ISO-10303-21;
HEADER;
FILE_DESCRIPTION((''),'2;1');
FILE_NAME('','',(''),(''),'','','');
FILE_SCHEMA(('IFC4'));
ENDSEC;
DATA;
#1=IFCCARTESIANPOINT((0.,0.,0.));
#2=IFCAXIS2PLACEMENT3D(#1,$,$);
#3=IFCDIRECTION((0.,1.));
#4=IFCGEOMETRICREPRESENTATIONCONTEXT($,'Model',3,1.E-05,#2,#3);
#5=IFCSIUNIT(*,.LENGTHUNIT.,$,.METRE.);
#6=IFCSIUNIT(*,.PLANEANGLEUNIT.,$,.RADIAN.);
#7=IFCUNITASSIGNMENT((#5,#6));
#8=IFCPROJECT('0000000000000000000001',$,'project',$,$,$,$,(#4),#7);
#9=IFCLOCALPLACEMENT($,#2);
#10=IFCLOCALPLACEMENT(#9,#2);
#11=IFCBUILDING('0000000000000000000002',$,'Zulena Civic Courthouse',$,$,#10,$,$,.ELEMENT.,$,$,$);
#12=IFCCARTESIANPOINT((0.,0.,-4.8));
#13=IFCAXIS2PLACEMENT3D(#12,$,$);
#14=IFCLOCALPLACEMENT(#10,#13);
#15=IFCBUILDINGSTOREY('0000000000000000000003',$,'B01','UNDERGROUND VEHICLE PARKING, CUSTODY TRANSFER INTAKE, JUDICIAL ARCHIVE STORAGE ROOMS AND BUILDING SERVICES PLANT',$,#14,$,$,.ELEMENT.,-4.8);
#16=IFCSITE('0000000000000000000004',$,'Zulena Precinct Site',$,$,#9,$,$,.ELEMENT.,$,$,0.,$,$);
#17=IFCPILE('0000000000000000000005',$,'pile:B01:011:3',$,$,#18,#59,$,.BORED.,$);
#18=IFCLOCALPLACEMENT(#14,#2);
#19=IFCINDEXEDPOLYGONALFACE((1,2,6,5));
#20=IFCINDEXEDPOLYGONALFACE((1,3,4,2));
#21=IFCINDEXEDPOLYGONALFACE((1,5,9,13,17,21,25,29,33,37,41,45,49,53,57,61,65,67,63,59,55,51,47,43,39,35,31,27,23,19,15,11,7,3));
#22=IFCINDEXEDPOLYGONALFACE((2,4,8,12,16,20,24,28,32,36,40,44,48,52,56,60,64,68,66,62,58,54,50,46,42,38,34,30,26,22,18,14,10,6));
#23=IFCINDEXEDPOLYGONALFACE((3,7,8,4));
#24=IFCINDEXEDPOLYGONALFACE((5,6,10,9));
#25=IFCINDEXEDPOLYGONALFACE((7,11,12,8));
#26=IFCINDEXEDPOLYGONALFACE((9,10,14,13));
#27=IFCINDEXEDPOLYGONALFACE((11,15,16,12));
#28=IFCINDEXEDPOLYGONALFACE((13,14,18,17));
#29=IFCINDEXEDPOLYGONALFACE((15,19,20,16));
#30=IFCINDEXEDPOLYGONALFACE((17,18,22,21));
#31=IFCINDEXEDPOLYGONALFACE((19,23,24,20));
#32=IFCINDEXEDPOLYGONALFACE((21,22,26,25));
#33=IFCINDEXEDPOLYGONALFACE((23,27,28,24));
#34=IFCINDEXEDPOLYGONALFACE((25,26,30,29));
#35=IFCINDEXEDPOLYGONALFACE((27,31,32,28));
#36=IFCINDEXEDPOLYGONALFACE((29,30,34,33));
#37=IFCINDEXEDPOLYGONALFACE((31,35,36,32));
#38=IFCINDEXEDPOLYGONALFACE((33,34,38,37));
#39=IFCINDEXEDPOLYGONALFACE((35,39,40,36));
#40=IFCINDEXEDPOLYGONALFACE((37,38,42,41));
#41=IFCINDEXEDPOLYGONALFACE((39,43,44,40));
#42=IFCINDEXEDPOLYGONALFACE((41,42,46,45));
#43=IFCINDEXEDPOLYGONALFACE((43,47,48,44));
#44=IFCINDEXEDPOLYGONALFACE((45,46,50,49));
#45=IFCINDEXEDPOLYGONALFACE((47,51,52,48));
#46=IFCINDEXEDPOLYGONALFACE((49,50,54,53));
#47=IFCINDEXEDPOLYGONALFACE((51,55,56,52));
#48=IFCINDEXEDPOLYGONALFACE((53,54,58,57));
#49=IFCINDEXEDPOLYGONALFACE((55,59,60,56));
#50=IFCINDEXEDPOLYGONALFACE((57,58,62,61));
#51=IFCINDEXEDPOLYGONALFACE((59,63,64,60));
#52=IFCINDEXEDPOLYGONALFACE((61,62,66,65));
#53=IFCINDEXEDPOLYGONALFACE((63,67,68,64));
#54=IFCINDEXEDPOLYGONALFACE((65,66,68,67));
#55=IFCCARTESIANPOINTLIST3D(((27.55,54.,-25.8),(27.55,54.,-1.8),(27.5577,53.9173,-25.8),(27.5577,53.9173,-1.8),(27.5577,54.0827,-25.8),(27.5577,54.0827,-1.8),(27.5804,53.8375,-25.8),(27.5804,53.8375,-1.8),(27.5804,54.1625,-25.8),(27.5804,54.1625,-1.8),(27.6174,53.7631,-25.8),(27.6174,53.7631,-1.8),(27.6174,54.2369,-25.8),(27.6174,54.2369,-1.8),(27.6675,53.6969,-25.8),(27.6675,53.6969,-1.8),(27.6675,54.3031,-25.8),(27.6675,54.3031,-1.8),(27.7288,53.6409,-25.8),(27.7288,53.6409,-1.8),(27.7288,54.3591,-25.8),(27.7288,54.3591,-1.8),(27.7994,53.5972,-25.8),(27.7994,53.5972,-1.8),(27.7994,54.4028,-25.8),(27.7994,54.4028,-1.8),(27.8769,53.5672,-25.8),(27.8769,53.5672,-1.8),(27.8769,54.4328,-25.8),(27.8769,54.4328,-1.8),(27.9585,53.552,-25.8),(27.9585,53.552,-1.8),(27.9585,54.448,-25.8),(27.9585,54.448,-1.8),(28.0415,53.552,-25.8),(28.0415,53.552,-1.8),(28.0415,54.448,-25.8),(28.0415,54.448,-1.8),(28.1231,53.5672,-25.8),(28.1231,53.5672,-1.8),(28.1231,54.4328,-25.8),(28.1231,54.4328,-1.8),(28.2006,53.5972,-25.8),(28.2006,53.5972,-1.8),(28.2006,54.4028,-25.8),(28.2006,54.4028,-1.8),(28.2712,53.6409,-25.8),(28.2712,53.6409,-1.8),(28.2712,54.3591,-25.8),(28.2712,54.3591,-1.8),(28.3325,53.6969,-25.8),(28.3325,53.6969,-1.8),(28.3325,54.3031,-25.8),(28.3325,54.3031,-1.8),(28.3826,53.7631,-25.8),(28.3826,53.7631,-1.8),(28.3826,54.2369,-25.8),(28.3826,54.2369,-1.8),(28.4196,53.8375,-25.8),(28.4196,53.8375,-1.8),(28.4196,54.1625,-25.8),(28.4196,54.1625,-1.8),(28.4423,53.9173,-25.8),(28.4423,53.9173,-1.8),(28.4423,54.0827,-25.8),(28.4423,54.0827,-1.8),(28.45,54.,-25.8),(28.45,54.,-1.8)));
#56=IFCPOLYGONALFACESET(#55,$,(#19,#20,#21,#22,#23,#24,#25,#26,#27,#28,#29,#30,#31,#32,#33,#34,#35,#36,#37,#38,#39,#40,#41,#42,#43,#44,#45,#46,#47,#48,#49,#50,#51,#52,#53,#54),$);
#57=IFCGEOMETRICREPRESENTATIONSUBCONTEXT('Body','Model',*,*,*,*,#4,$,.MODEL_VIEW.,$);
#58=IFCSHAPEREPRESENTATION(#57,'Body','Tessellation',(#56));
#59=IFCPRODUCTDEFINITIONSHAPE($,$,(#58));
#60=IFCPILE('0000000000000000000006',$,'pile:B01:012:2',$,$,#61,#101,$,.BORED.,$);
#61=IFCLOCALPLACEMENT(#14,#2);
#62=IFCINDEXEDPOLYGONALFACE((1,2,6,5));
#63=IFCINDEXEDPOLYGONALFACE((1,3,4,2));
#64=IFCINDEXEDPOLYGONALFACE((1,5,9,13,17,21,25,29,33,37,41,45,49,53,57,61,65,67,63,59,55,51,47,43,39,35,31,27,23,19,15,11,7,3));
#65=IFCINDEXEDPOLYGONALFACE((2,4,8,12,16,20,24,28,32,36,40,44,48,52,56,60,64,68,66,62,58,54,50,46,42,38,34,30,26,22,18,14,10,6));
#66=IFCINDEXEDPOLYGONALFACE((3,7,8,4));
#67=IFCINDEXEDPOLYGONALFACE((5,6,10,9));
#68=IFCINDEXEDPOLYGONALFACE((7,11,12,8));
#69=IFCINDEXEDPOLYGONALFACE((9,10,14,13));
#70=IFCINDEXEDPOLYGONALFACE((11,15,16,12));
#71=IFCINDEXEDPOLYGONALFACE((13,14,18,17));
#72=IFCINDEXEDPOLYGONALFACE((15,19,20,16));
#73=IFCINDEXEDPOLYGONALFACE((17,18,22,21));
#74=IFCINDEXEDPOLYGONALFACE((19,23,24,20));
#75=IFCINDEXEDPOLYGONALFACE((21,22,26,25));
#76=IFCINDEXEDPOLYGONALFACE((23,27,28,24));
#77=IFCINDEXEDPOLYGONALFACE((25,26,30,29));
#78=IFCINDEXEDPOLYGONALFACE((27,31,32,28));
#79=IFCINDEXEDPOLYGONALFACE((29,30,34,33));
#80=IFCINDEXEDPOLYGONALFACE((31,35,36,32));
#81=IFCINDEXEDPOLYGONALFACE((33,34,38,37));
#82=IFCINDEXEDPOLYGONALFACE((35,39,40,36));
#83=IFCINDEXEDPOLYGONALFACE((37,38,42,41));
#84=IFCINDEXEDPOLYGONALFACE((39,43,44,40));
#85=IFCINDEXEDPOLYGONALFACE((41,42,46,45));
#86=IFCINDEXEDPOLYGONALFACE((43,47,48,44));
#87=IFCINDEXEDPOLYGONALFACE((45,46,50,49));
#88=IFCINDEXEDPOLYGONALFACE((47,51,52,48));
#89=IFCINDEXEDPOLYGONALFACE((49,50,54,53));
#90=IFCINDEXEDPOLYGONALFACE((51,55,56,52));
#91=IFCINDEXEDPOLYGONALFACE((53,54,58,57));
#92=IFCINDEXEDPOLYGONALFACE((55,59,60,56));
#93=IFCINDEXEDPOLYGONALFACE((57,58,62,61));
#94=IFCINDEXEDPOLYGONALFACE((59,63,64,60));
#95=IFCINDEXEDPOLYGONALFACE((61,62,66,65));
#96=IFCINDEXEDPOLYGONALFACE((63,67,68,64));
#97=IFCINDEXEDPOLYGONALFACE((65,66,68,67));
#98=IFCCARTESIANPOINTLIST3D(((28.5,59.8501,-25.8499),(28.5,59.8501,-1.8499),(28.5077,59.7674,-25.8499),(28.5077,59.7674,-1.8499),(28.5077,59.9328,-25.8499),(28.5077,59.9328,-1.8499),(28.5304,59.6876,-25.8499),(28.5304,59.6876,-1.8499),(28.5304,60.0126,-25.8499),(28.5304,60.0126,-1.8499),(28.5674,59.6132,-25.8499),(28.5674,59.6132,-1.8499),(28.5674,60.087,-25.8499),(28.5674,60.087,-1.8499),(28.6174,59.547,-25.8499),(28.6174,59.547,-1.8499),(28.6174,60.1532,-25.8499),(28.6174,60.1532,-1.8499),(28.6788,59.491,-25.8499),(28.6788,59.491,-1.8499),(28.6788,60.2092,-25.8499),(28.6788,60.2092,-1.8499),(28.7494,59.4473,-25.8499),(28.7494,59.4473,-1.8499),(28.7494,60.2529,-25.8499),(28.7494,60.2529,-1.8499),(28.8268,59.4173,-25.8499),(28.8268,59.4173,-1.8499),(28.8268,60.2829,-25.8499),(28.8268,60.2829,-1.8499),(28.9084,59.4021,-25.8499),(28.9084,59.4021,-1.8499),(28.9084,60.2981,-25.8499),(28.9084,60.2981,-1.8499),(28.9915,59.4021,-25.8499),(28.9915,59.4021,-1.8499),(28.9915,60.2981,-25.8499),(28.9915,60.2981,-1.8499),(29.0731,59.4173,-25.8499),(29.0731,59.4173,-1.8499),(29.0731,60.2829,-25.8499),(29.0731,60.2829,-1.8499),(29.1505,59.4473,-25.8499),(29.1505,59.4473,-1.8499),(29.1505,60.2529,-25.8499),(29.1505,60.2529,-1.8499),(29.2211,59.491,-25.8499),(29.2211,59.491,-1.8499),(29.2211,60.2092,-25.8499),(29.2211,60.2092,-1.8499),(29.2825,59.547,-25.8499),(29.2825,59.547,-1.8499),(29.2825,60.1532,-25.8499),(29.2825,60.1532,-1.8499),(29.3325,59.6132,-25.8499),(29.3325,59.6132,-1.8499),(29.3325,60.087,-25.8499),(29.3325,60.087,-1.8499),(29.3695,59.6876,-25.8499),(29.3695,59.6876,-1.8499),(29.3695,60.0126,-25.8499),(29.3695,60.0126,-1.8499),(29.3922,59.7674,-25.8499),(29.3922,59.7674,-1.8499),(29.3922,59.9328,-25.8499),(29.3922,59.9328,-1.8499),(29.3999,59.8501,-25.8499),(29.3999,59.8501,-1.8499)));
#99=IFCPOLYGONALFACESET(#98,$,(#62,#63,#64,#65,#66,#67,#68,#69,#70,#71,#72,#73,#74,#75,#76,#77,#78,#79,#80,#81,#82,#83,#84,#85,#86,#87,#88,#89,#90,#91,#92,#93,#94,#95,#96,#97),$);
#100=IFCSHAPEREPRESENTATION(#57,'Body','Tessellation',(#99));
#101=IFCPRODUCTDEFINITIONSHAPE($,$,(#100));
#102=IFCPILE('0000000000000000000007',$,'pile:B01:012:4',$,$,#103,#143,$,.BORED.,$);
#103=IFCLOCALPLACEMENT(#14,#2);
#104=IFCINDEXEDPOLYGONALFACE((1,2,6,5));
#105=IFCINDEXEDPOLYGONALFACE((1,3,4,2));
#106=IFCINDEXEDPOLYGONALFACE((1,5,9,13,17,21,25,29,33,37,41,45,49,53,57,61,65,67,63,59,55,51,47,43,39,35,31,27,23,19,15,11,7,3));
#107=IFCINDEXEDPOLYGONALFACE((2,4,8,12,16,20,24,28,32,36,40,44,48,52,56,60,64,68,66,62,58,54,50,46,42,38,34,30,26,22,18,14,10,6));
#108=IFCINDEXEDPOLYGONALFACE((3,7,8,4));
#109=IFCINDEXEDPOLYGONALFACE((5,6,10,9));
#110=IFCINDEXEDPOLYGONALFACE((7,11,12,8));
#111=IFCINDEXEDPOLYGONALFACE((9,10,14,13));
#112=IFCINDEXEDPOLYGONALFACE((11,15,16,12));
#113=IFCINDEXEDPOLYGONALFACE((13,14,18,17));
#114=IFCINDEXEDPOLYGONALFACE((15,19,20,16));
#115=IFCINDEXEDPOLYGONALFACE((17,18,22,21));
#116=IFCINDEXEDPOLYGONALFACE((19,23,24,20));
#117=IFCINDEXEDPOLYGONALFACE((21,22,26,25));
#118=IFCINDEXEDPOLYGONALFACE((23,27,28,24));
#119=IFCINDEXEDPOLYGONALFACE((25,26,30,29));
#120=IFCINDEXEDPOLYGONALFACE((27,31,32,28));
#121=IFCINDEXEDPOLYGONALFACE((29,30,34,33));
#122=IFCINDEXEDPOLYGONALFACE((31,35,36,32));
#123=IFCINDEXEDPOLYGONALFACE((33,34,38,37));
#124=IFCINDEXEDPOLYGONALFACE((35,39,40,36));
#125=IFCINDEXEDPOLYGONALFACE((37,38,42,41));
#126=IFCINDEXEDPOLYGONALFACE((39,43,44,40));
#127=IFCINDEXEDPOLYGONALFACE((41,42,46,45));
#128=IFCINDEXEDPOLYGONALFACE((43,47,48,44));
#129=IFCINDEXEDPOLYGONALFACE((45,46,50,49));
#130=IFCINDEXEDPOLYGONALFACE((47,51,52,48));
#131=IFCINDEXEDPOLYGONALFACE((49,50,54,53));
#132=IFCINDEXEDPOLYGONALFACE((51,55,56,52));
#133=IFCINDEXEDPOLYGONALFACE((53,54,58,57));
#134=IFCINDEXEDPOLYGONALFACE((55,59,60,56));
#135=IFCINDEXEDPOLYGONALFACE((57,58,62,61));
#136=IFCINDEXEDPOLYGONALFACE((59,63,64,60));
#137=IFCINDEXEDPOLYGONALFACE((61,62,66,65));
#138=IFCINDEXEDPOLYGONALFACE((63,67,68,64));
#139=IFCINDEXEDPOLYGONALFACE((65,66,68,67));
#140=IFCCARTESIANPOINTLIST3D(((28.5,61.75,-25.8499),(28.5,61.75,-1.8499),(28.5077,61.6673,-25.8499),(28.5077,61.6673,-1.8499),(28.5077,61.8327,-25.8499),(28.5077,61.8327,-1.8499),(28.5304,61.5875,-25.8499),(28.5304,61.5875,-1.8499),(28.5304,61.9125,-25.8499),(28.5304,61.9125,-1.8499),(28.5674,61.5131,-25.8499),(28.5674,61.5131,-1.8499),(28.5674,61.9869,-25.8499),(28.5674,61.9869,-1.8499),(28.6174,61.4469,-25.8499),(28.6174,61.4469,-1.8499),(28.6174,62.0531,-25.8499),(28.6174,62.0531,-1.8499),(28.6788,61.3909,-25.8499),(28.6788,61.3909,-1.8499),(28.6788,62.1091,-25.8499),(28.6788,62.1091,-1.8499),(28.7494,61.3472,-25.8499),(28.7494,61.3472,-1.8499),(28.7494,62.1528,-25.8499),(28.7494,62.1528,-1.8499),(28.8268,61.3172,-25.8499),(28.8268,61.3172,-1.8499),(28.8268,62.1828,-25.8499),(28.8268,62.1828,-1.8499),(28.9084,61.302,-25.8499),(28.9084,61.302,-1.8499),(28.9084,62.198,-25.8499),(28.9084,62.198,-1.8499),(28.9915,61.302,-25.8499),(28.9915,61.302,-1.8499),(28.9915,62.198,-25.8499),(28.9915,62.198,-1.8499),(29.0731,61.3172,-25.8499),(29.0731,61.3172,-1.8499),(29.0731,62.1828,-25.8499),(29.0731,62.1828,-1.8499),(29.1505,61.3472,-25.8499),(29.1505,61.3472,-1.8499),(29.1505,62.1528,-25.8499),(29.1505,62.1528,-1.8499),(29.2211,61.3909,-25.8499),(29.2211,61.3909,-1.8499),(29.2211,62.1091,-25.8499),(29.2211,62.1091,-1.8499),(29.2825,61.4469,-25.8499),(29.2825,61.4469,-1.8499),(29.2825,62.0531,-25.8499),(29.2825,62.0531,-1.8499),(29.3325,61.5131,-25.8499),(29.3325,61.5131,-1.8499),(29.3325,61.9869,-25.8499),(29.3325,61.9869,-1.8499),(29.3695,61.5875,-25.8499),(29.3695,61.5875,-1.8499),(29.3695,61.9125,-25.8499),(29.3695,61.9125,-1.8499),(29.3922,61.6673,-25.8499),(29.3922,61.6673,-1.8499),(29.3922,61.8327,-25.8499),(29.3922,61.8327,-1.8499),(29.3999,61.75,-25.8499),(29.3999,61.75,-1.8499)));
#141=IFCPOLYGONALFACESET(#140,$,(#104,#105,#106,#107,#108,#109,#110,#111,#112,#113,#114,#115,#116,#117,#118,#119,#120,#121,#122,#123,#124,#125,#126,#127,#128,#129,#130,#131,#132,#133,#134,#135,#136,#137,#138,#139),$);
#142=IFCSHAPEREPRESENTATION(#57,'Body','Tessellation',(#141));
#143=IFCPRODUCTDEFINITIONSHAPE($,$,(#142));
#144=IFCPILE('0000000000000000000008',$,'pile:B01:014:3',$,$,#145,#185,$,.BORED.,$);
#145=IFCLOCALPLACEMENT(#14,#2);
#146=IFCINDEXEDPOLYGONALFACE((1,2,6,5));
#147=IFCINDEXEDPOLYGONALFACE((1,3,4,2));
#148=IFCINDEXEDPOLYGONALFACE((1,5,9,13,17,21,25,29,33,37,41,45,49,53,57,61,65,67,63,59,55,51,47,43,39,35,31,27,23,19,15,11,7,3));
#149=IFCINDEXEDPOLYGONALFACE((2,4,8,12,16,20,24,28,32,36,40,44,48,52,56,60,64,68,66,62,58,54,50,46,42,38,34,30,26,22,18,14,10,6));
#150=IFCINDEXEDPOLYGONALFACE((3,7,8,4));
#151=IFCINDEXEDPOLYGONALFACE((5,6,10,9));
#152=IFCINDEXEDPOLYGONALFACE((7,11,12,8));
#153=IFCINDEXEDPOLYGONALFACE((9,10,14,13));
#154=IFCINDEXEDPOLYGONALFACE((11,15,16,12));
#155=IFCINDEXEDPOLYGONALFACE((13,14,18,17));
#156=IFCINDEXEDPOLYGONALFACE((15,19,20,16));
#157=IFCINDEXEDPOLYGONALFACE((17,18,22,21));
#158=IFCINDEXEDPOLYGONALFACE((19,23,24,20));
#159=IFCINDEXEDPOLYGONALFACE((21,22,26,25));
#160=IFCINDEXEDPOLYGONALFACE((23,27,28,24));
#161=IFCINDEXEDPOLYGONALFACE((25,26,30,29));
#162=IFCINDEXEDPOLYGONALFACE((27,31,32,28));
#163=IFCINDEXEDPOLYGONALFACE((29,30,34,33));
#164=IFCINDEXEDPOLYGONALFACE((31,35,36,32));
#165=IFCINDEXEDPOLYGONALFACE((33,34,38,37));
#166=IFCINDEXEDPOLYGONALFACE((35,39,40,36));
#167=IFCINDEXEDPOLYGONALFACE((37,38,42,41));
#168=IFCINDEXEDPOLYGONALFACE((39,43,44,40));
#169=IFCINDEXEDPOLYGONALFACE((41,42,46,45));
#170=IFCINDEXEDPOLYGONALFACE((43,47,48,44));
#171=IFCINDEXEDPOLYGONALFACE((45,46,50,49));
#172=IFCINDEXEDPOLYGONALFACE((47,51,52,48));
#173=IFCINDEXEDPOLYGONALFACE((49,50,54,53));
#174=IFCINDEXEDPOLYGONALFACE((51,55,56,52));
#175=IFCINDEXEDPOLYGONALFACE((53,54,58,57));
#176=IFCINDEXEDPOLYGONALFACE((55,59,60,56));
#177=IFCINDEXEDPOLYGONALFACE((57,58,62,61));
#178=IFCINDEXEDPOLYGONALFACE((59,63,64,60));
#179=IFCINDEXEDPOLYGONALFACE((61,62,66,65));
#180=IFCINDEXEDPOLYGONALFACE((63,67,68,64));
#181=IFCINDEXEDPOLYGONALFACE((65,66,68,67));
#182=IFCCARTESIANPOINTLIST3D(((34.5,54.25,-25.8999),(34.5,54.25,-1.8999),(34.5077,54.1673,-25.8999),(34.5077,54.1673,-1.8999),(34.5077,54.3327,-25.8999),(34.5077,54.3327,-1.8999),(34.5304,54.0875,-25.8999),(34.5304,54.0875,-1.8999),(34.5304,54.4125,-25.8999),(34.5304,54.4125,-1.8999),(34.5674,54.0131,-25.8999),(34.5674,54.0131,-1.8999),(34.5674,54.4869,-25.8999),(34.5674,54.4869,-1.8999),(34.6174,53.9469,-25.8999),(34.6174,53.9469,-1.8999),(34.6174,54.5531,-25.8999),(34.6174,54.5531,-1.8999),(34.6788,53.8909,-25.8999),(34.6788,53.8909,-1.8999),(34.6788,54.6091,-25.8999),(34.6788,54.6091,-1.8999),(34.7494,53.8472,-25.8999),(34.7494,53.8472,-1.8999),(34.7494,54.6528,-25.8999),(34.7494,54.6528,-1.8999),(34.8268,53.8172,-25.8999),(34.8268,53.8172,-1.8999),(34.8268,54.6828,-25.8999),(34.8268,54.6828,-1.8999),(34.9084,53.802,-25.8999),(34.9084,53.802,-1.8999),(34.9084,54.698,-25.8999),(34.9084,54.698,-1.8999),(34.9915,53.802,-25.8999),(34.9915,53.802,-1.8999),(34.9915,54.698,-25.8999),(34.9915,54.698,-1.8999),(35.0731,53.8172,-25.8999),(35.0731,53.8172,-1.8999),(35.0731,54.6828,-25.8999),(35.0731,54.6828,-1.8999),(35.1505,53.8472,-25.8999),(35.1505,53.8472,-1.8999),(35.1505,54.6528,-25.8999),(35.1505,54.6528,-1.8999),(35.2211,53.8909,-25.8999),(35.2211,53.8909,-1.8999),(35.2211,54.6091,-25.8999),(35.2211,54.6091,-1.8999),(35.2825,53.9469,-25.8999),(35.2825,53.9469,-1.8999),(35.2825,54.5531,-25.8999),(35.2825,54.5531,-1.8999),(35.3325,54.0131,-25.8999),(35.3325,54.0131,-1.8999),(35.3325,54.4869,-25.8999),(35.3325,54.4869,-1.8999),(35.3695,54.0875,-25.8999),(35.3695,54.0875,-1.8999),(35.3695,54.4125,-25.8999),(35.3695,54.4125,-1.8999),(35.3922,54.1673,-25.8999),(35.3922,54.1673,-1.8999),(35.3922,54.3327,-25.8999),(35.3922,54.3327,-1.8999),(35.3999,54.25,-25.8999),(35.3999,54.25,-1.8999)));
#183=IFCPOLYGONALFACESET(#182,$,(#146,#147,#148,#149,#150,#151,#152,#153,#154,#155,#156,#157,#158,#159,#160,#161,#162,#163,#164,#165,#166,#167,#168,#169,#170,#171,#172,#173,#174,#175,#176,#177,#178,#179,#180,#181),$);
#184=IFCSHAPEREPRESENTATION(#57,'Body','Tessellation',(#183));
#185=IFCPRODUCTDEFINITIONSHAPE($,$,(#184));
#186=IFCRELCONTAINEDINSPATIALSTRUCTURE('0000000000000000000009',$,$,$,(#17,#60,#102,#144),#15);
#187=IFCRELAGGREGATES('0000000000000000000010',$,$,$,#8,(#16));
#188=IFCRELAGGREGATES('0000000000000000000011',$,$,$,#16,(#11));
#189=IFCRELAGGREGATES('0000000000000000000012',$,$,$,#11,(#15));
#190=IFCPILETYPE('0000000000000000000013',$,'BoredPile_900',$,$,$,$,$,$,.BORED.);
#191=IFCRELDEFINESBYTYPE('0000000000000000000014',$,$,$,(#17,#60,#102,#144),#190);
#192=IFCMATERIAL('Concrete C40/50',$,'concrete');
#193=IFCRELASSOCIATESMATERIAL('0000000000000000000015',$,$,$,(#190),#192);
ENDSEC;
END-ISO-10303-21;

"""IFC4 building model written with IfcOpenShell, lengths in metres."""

from ifc_helpers import new_model, si_unit, direction, frame, origin, origin_2d, place, context, subcontext, project, spatial, circle, extrude, material, material_profile, profile_set, type_object, element, save


model = new_model("IFC4")

# Units and contexts
model_context = context("Model", 3, precision=1e-05, world=origin(), true_north=direction((0.0, 1.0)))
body_context = subcontext(model_context, "Body", "Model", "MODEL_VIEW")
ifc_project = project(units=[si_unit("LENGTHUNIT", "METRE"), si_unit("PLANEANGLEUNIT", "RADIAN")], contexts=[model_context])

# Site, building, storey
site_placement = place(None, origin())
site = spatial("IfcSite", under=ifc_project, at=site_placement, Name="Zulena Precinct Site", CompositionType="ELEMENT", RefElevation=0.0)
building_placement = place(site_placement, origin())
building = spatial("IfcBuilding", under=site, at=building_placement, Name="Zulena Civic Courthouse", CompositionType="ELEMENT")
storey_placement = place(building_placement, frame((0.0, 0.0, -4.8)))
storey = spatial("IfcBuildingStorey", under=building, at=storey_placement, Name="B01", Description="UNDERGROUND VEHICLE PARKING, CUSTODY TRANSFER INTAKE, JUDICIAL ARCHIVE STORAGE ROOMS AND BUILDING SERVICES PLANT", CompositionType="ELEMENT", Elevation=-4.8)

# Piles
ifc_material_1 = material(Name="Concrete C40/50", Category="concrete")
ifc_material_profile_1 = material_profile(ifc_material_1, circle(Radius=0.45, at=origin_2d()), Name="PILE900")
ifc_profile_set_1 = profile_set([ifc_material_profile_1], Name="Concrete C40/50")
pile_type = type_object("IfcPileType", Name="BoredPile_900", PredefinedType="BORED", material=ifc_profile_set_1)
for number, where, z_axis, x_axis, name in (
    (1, (28.0, 54.0, -1.8), (0.0, 0.0, -1.0), (1.0, 0.0, 0.0), "pile:B01:011:3"),
    (2, (28.95, 59.8501, -1.8499), (0.0, 0.0, -1.0), (1.0, 0.0, 0.0), "pile:B01:012:2"),
    (3, (28.95, 61.75, -1.8499), (0.0, 0.0, -1.0), (1.0, 0.0, 0.0), "pile:B01:012:4"),
    (4, (34.95, 54.25, -1.8999), (0.0, 0.0, -1.0), (1.0, 0.0, 0.0), "pile:B01:014:3"),
):
    element("IfcPile", number, at=place(storey_placement, frame(where, z_axis=z_axis, x_axis=x_axis)), inside=storey, type_object=pile_type, Name=name, PredefinedType="BORED", context=body_context, shape_type="SweptSolid", body=[
        extrude(circle(Radius=0.45, at=origin_2d()), origin(), (0.0, 0.0, 1.0), 24.0),
    ])

save(model, "model.ifc")
